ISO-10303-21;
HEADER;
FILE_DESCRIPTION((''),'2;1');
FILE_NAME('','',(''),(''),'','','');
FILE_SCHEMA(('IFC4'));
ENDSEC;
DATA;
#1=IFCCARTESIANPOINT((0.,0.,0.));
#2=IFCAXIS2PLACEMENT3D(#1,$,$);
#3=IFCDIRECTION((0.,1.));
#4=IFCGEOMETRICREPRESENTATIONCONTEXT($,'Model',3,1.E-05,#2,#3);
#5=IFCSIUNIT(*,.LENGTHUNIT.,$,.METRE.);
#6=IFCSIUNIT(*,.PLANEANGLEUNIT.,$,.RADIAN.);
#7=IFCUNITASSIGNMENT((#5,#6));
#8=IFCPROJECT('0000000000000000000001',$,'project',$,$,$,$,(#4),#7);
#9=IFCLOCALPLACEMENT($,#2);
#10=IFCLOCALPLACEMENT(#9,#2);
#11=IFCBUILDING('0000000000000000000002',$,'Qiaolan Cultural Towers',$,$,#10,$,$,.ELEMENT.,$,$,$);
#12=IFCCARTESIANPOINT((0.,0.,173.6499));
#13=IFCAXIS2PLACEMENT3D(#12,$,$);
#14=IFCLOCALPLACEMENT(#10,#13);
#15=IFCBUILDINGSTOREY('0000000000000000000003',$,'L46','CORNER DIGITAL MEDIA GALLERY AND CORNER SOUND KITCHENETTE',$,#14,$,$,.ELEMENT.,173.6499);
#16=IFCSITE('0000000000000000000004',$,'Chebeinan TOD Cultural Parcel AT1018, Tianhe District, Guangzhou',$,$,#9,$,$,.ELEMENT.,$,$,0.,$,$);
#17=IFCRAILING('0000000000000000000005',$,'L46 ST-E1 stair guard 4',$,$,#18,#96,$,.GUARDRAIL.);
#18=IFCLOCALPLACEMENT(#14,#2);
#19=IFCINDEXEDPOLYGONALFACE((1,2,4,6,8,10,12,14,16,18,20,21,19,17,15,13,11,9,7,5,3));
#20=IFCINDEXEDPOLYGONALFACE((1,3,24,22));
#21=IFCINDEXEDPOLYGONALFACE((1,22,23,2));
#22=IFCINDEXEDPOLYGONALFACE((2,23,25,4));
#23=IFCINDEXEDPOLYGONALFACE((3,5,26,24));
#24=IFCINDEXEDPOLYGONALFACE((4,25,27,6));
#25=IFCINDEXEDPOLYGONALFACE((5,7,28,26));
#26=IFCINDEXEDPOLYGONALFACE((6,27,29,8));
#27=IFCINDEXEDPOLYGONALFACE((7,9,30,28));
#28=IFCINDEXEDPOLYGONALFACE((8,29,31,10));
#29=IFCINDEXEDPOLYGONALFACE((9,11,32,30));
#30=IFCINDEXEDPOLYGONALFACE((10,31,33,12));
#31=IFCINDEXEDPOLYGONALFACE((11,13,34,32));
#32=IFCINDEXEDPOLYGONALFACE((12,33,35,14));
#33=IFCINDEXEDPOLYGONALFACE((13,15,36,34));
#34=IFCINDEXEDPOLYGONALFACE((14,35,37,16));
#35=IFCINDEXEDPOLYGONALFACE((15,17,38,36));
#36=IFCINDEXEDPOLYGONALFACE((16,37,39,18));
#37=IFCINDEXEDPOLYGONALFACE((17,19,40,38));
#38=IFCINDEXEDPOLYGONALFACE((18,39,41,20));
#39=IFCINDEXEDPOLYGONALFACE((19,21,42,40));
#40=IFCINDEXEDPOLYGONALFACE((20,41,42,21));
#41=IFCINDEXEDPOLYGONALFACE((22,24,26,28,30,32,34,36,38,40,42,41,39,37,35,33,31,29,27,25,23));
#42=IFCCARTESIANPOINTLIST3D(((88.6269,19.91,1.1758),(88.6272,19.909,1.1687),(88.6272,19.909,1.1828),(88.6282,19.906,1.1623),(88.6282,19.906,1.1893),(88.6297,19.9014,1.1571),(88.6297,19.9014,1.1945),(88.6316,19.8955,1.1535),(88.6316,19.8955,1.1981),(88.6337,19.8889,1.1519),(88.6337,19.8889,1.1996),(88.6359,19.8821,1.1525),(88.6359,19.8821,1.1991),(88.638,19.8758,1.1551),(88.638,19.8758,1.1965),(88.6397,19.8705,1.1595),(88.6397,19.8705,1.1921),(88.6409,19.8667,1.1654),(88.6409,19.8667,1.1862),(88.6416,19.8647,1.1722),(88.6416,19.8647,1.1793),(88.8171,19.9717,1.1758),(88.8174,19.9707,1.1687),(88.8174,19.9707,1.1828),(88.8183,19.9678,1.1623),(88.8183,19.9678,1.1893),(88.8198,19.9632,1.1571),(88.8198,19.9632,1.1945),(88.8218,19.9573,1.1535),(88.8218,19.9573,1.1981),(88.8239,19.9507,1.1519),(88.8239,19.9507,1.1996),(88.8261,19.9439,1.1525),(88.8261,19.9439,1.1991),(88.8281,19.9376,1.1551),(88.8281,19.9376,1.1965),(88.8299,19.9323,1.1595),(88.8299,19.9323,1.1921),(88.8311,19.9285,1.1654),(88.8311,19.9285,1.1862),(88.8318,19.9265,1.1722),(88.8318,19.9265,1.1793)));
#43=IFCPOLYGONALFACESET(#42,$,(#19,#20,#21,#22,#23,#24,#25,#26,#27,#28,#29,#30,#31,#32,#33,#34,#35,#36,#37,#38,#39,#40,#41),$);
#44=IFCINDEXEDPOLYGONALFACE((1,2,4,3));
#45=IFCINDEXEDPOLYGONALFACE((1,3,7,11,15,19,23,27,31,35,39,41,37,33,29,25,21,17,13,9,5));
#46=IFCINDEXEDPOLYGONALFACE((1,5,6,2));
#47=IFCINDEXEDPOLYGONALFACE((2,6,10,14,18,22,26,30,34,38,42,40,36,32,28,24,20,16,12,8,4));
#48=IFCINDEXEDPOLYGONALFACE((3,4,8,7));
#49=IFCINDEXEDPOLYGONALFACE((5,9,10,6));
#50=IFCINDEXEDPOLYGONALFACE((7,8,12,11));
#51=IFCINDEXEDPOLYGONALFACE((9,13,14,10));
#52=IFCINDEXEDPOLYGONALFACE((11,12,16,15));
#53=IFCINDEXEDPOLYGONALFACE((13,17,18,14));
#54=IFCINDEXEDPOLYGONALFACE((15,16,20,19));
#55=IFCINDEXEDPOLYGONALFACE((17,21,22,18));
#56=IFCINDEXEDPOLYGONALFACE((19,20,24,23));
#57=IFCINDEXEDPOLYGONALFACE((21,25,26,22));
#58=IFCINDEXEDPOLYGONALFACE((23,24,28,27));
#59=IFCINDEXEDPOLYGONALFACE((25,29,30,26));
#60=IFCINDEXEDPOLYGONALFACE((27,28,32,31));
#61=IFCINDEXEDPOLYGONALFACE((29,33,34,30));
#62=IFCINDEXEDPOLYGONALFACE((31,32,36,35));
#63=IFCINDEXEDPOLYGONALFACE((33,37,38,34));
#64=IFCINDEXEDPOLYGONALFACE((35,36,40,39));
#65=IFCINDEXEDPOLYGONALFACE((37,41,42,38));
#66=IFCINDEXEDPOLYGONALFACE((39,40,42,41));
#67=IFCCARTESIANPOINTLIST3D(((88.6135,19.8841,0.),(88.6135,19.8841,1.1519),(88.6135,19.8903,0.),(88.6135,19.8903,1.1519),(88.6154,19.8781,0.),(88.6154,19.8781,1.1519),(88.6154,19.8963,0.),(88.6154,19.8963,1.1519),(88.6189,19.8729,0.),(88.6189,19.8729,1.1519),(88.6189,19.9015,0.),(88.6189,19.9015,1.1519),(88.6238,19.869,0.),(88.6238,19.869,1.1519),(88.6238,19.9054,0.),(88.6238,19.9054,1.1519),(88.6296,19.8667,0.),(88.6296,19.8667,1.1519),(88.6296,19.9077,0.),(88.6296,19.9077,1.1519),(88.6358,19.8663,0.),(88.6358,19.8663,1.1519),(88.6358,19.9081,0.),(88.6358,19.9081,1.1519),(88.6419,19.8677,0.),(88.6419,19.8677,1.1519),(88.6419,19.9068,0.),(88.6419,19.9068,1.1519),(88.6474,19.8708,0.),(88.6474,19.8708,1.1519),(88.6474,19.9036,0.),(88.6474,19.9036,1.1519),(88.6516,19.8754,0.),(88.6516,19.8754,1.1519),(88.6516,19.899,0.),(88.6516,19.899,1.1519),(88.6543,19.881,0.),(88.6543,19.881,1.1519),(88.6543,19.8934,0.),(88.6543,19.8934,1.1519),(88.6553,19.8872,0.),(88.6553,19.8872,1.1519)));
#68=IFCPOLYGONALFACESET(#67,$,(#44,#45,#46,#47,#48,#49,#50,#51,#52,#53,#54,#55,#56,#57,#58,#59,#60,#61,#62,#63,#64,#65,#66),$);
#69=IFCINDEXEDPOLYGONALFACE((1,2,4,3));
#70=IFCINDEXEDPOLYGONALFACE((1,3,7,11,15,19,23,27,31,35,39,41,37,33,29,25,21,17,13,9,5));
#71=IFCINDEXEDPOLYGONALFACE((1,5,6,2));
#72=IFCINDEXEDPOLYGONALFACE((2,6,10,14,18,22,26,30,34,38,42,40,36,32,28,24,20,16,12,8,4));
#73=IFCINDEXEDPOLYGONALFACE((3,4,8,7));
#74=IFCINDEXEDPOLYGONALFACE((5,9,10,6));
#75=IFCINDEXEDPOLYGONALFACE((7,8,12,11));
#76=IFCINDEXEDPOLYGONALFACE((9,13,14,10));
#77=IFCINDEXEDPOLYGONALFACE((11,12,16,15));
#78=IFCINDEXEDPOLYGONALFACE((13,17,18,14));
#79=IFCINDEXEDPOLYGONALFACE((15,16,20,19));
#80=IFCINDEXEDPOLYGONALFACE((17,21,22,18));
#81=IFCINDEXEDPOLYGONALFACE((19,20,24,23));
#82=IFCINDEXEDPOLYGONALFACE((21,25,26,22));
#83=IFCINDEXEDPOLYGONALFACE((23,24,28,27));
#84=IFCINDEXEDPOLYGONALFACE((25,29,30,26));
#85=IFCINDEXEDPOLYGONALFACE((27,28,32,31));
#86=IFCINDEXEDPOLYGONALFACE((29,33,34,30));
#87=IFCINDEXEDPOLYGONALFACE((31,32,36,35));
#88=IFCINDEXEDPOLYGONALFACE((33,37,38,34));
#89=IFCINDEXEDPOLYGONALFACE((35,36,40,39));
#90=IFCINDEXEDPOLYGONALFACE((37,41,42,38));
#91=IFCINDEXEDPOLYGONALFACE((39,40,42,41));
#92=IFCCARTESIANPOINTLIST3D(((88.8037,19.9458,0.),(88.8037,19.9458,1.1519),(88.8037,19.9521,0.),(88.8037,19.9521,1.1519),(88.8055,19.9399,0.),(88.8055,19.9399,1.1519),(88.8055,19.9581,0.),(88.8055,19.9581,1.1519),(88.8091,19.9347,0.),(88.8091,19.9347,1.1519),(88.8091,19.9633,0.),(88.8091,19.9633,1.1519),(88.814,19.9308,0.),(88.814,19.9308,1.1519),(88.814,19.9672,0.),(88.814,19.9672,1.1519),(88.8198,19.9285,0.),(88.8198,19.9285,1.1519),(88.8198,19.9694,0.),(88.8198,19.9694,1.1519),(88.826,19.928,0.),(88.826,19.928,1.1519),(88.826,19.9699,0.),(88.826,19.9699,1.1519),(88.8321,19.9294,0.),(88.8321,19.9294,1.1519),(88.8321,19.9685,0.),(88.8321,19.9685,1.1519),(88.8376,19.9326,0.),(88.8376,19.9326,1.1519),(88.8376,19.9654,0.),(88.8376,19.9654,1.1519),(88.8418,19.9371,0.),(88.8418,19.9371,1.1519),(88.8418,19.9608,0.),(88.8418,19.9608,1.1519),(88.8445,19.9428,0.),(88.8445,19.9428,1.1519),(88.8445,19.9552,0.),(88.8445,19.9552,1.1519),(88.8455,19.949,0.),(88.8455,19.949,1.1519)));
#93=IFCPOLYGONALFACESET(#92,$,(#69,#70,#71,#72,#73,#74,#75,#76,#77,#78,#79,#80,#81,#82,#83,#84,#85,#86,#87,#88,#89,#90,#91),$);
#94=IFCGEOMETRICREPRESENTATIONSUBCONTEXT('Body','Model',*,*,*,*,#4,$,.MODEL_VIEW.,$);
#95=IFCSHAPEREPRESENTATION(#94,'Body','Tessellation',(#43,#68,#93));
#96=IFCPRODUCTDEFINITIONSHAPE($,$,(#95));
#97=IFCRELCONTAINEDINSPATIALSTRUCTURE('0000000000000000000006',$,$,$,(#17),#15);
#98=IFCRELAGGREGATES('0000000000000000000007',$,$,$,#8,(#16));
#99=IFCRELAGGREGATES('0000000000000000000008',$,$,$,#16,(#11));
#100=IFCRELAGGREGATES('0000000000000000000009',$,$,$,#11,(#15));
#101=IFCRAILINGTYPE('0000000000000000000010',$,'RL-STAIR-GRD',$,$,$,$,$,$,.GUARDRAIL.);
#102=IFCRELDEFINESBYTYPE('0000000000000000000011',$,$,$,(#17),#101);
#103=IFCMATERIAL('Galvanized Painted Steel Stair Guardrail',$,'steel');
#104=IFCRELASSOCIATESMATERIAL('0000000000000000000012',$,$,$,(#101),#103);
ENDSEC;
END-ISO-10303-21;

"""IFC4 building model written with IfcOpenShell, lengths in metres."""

from ifc_helpers import new_model, si_unit, direction, frame, origin, origin_2d, place, context, subcontext, project, spatial, circle, extrude, material, type_object, element, save


model = new_model("IFC4")

# Units and contexts
model_context = context("Model", 3, precision=1e-05, world=origin(), true_north=direction((0.0, 1.0)))
body_context = subcontext(model_context, "Body", "Model", "MODEL_VIEW")
ifc_project = project(units=[si_unit("LENGTHUNIT", "METRE"), si_unit("PLANEANGLEUNIT", "RADIAN")], contexts=[model_context])

# Site, building, storey
site_placement = place(None, origin())
site = spatial("IfcSite", under=ifc_project, at=site_placement, Name="Chebeinan TOD Cultural Parcel AT1018, Tianhe District, Guangzhou", CompositionType="ELEMENT", RefElevation=0.0)
building_placement = place(site_placement, origin())
building = spatial("IfcBuilding", under=site, at=building_placement, Name="Qiaolan Cultural Towers", CompositionType="ELEMENT")
storey_placement = place(building_placement, frame((0.0, 0.0, 173.6499)))
storey = spatial("IfcBuildingStorey", under=building, at=storey_placement, Name="L46", Description="CORNER DIGITAL MEDIA GALLERY AND CORNER SOUND KITCHENETTE", CompositionType="ELEMENT", Elevation=173.6499)

# Railing
ifc_material_1 = material(Name="Galvanized Painted Steel Stair Guardrail", Category="steel")
railing_type_1 = type_object("IfcRailingType", Name="RL-STAIR-GRD", PredefinedType="GUARDRAIL", material=ifc_material_1)
railing_1_placement = place(storey_placement, frame((88.6343, 19.8872, 0.0)))
element("IfcRailing", 1, at=railing_1_placement, inside=storey, type_object=railing_type_1, Name="L46 ST-E1 stair guard 4", PredefinedType="GUARDRAIL", context=body_context, shape_type="SweptSolid", body=[
    extrude(circle(Radius=0.0239, at=origin_2d()), frame((0.0, 0.0, 1.1758), z_axis=(0.951097, 0.308893, 0.0), x_axis=(-0.308893, 0.951097, 0.0)), (0.0, 0.0, 1.0), 0.2),
    extrude(circle(Radius=0.021, at=origin_2d()), origin(), (0.0, 0.0, 1.0), 1.1519),
    extrude(circle(Radius=0.021, at=origin_2d()), frame((0.1902, 0.0618, 0.0)), (0.0, 0.0, 1.0), 1.1519),
])

save(model, "model.ifc")
